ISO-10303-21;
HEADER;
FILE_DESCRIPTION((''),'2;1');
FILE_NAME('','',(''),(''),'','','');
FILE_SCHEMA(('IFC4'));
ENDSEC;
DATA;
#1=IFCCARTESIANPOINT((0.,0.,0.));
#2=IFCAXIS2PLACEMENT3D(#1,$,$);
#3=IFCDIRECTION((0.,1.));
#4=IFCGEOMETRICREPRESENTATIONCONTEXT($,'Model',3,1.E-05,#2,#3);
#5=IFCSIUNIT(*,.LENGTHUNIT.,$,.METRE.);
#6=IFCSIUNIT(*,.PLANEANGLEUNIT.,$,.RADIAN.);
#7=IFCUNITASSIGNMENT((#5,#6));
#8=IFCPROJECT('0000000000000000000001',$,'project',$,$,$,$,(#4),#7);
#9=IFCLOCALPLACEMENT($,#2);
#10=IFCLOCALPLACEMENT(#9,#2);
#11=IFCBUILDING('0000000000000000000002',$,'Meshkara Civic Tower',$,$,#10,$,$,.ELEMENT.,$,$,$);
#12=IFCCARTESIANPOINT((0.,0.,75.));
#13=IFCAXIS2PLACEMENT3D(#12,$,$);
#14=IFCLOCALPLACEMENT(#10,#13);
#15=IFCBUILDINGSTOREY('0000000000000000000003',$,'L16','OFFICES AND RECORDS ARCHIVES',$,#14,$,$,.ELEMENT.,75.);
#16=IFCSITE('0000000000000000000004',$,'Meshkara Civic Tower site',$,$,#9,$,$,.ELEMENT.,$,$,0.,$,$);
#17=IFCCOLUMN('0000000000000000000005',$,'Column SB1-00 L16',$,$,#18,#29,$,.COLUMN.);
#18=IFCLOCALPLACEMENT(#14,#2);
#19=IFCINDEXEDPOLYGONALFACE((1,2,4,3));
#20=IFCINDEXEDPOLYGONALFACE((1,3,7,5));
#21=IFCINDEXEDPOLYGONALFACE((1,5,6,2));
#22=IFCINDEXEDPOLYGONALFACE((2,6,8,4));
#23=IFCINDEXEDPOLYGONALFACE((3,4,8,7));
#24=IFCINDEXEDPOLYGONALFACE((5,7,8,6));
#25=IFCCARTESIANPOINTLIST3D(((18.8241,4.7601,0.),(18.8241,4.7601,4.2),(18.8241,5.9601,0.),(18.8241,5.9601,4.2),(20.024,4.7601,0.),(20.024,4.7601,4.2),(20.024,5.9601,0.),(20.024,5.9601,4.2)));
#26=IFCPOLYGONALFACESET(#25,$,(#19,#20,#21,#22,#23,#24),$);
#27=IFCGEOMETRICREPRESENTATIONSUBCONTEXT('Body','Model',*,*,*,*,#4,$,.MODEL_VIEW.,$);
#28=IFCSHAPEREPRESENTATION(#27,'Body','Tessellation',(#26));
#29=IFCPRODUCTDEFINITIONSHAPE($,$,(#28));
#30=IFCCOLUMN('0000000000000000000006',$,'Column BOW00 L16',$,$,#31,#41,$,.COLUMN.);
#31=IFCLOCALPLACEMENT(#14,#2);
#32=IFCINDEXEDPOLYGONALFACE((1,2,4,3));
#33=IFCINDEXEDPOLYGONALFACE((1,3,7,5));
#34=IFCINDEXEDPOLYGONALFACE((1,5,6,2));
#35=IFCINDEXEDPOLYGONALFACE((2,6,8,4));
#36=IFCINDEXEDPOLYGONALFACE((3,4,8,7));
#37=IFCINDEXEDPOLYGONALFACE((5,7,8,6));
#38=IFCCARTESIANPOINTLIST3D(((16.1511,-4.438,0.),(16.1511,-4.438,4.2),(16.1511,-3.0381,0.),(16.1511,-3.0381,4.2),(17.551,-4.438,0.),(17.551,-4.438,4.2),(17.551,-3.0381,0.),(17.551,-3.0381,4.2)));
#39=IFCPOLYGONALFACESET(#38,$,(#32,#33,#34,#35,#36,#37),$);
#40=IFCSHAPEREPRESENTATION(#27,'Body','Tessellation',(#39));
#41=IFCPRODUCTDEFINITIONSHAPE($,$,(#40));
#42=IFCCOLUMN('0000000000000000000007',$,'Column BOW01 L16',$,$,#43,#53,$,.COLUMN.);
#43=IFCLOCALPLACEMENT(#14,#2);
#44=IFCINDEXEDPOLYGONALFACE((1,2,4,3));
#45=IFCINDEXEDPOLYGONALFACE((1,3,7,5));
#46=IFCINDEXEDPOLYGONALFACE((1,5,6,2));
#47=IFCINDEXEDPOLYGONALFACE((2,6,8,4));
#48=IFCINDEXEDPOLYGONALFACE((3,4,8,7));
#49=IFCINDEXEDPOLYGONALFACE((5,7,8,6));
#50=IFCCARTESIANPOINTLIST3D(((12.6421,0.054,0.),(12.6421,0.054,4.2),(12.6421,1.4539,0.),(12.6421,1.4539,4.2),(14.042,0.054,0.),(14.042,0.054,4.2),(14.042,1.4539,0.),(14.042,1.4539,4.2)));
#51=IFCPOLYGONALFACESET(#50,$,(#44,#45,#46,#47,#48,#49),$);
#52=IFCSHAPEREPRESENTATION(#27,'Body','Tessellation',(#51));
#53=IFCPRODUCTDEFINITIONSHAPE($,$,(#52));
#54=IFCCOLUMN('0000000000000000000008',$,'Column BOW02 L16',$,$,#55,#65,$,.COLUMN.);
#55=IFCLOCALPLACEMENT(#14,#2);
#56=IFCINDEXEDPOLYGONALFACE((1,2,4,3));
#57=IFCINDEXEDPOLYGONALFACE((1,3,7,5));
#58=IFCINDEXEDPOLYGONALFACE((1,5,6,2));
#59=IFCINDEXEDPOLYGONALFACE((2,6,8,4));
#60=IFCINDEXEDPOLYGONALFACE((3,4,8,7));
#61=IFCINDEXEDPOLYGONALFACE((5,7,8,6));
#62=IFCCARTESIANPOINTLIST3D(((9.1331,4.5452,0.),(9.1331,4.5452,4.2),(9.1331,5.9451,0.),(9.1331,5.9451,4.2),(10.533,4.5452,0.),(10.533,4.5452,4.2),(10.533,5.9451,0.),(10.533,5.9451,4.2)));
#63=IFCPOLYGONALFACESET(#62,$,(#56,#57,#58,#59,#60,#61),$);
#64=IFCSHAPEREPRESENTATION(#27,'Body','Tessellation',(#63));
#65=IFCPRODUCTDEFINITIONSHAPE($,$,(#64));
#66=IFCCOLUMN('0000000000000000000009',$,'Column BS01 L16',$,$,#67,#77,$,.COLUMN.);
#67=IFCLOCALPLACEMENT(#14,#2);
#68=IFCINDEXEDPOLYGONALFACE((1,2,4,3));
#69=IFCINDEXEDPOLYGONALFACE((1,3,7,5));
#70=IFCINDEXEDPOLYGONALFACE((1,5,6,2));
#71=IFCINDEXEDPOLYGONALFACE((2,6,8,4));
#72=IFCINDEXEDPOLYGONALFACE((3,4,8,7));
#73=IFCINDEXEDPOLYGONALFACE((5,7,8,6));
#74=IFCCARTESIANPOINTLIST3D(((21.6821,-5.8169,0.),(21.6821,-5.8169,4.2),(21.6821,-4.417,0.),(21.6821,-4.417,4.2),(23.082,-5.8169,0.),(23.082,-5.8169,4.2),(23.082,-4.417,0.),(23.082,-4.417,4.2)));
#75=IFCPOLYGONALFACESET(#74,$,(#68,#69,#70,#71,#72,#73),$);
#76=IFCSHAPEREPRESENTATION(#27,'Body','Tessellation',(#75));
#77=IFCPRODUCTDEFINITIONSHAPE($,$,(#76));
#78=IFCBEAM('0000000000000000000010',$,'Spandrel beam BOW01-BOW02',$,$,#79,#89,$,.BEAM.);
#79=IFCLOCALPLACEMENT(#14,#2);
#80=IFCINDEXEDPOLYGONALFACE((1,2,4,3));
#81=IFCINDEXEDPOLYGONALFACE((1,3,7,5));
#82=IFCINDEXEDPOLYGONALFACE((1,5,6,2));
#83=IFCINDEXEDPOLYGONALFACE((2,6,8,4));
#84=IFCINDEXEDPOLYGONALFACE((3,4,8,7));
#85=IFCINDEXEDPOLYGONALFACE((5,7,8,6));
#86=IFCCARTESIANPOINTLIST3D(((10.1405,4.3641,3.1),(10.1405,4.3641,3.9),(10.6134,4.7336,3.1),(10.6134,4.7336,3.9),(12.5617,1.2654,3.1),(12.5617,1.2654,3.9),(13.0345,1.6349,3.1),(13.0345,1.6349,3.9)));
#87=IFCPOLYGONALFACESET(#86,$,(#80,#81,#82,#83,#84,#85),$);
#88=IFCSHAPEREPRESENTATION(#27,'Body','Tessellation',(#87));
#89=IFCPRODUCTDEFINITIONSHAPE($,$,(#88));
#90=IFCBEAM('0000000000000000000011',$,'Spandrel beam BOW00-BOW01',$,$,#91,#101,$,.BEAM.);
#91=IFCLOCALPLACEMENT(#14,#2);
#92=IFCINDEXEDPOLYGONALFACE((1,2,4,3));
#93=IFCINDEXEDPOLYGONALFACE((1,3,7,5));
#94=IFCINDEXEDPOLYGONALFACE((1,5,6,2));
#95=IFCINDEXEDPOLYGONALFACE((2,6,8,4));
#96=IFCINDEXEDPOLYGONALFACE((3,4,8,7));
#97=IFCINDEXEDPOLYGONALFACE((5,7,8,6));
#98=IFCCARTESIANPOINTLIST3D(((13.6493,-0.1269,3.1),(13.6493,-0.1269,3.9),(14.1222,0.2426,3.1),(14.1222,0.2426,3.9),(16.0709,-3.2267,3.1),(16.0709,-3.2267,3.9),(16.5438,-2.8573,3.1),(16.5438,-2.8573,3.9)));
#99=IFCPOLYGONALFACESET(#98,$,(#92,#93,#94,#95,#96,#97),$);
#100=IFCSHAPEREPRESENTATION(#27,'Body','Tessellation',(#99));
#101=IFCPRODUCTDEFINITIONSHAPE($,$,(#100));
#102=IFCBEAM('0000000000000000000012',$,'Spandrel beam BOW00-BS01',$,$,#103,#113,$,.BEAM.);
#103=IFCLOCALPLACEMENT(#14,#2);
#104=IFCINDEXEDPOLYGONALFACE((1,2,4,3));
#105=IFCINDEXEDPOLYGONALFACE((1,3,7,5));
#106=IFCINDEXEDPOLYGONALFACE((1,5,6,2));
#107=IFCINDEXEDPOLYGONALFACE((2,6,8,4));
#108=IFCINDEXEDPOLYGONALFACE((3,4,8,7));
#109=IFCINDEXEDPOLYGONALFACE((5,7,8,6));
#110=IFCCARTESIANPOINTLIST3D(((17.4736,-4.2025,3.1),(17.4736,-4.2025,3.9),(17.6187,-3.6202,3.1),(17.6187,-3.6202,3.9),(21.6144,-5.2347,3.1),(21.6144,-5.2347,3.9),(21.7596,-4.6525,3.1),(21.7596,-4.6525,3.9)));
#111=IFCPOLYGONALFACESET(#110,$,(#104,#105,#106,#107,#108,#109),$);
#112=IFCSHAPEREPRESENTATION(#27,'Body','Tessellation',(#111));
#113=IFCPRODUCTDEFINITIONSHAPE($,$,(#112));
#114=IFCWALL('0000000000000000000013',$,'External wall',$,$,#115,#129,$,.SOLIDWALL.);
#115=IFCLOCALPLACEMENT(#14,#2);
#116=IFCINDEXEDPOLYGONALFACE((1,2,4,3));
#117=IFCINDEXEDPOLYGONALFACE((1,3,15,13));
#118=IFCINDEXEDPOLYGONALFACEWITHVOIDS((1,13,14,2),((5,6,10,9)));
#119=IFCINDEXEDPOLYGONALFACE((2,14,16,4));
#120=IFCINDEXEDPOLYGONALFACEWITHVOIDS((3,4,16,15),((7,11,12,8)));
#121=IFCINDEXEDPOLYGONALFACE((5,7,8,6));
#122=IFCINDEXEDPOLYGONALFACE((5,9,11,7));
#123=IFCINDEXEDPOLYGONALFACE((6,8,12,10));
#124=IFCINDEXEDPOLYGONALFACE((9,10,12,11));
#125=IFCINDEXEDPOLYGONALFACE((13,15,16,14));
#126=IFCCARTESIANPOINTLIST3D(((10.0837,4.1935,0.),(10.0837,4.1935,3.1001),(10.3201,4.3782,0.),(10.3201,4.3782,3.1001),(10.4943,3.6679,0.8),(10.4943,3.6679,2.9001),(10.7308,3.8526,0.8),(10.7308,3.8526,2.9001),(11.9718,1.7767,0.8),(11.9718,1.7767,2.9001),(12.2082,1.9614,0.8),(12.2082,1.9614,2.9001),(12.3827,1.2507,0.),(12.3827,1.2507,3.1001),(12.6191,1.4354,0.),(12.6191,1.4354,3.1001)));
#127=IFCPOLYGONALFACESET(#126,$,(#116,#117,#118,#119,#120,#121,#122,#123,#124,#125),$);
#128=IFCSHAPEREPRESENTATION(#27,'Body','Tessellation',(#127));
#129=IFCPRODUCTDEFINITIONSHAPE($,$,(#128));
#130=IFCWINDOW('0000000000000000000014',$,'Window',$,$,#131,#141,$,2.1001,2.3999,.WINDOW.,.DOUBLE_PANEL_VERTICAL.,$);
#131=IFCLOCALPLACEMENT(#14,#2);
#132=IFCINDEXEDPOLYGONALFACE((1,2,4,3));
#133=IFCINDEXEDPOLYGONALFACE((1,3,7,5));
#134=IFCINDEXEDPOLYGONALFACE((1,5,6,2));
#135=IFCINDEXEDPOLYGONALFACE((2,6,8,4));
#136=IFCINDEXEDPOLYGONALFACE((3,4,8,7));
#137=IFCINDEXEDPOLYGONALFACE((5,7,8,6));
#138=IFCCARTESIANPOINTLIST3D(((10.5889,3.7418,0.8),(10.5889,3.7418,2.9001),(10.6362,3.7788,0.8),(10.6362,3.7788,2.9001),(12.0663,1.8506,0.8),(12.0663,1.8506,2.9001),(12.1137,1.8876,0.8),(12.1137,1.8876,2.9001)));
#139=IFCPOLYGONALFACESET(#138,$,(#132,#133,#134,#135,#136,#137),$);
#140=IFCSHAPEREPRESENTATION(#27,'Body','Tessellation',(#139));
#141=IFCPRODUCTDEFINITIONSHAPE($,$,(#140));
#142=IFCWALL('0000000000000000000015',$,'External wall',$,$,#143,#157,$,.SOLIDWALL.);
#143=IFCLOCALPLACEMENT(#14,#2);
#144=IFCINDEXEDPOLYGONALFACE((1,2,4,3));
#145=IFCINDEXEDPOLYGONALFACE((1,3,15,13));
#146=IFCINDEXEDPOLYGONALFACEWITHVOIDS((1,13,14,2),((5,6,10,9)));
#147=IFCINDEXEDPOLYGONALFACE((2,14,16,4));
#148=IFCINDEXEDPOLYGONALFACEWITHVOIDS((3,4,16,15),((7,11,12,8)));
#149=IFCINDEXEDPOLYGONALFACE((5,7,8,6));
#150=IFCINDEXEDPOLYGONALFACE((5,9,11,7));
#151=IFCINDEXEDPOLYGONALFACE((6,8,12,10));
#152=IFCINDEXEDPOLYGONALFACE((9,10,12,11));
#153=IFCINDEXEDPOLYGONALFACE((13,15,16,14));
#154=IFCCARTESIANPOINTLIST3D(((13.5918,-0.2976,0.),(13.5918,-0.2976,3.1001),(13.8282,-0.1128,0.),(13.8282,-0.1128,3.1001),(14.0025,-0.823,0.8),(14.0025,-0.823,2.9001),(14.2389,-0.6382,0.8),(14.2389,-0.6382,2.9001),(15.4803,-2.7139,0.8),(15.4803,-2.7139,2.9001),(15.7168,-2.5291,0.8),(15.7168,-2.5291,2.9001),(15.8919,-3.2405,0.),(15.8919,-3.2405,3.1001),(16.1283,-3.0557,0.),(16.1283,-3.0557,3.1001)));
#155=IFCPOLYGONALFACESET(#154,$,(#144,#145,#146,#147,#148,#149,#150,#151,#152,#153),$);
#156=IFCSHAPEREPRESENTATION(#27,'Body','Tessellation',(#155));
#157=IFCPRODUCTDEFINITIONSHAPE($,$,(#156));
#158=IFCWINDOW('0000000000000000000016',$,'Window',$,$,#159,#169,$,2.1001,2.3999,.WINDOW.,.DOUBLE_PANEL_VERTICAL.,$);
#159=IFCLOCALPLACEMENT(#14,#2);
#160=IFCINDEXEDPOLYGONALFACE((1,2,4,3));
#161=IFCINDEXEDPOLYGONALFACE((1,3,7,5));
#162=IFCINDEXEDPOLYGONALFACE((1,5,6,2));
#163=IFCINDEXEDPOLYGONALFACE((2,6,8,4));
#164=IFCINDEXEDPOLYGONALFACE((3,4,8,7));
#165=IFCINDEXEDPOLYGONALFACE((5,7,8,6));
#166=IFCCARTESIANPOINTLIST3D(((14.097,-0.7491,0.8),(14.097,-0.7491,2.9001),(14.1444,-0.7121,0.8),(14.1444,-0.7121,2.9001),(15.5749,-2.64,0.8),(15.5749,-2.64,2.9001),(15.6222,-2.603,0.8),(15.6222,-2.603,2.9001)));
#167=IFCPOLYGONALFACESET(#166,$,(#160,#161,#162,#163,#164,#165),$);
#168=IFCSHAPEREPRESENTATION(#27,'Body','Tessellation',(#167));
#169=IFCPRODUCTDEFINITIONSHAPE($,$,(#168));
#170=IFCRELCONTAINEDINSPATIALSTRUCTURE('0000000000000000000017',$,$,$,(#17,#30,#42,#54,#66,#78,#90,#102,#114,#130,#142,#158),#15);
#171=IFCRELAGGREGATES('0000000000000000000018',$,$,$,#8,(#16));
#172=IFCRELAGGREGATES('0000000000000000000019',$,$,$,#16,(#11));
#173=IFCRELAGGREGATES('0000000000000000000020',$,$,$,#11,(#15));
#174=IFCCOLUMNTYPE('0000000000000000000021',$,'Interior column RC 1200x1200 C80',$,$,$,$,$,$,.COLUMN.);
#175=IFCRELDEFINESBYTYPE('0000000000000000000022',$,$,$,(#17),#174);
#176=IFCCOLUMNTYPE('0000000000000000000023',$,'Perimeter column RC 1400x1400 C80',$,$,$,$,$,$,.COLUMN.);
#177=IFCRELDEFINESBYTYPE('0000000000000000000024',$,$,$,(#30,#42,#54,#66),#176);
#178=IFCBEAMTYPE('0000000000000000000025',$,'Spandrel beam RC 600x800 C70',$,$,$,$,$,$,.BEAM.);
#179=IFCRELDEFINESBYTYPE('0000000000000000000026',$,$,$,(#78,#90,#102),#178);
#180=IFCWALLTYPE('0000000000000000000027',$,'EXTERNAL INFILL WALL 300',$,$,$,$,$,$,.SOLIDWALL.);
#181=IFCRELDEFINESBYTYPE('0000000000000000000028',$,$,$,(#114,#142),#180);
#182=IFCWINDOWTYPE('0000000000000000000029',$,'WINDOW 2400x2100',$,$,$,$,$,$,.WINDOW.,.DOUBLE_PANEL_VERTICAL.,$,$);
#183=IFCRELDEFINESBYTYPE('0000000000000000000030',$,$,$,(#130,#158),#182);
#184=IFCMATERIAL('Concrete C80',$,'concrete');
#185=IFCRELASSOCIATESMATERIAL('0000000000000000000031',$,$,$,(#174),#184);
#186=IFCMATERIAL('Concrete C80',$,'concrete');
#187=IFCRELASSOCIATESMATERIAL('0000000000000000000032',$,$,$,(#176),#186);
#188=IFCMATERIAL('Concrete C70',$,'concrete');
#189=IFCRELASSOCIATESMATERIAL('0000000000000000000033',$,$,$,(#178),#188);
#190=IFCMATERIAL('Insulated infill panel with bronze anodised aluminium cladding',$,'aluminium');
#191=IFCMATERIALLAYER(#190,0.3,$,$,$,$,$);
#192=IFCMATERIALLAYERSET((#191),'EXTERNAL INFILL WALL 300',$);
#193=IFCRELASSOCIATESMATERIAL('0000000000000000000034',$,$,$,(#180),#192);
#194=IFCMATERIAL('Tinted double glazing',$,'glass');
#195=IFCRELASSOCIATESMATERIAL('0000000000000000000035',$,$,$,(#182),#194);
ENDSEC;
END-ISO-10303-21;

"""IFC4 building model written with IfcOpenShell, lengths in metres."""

from ifc_helpers import new_model, si_unit, direction, frame, frame_2d, origin, origin_2d, place, context, subcontext, project, spatial, rectangle, extrude, material, layer, layer_set, material_profile, profile_set, type_object, element, fill, save


model = new_model("IFC4")

# Units and contexts
model_context = context("Model", 3, precision=1e-05, world=origin(), true_north=direction((0.0, 1.0)))
body_context = subcontext(model_context, "Body", "Model", "MODEL_VIEW")
ifc_project = project(units=[si_unit("LENGTHUNIT", "METRE"), si_unit("PLANEANGLEUNIT", "RADIAN")], contexts=[model_context])

# Site, building, storey
site_placement = place(None, origin())
site = spatial("IfcSite", under=ifc_project, at=site_placement, Name="Meshkara Civic Tower site", CompositionType="ELEMENT", RefElevation=0.0)
building_placement = place(site_placement, origin())
building = spatial("IfcBuilding", under=site, at=building_placement, Name="Meshkara Civic Tower", CompositionType="ELEMENT")
storey_placement = place(building_placement, frame((0.0, 0.0, 75.0)))
storey = spatial("IfcBuildingStorey", under=building, at=storey_placement, Name="L16", Description="OFFICES AND RECORDS ARCHIVES", CompositionType="ELEMENT", Elevation=75.0)

# Columns
ifc_material_1 = material(Name="Concrete C80", Category="concrete")
ifc_material_profile_1 = material_profile(ifc_material_1, rectangle(XDim=1.2, YDim=1.2, at=origin_2d()))
ifc_profile_set_1 = profile_set([ifc_material_profile_1], Name="Concrete C80")
column_type_1 = type_object("IfcColumnType", Name="Interior column RC 1200x1200 C80", PredefinedType="COLUMN", material=ifc_profile_set_1)
column_placement = place(storey_placement, frame((19.4241, 5.3601, 0.0), z_axis=(0.0, 0.0, 1.0), x_axis=(1.0, 0.0, 0.0)))
element("IfcColumn", 1, at=column_placement, inside=storey, type_object=column_type_1, Name="Column SB1-00 L16", PredefinedType="COLUMN", context=body_context, shape_type="SweptSolid", body=[
    extrude(rectangle(XDim=1.2, YDim=1.2, at=origin_2d()), origin(), (0.0, 0.0, 1.0), 4.2),
])
ifc_material_2 = material(Name="Concrete C80", Category="concrete")
ifc_material_profile_2 = material_profile(ifc_material_2, rectangle(XDim=1.3999, YDim=1.3999, at=origin_2d()))
ifc_profile_set_2 = profile_set([ifc_material_profile_2], Name="Concrete C80")
column_type_2 = type_object("IfcColumnType", Name="Perimeter column RC 1400x1400 C80", PredefinedType="COLUMN", material=ifc_profile_set_2)
for number, where, z_axis, x_axis, name in (
    (2, (16.8511, -3.738, 0.0), (0.0, 0.0, 1.0), (1.0, 0.0, 0.0), "Column BOW00 L16"),
    (3, (13.342, 0.7539, 0.0), (0.0, 0.0, 1.0), (1.0, 0.0, 0.0), "Column BOW01 L16"),
    (4, (9.833, 5.2451, 0.0), (0.0, 0.0, 1.0), (1.0, 0.0, 0.0), "Column BOW02 L16"),
    (5, (22.3821, -5.1169, 0.0), (0.0, 0.0, 1.0), (1.0, 0.0, 0.0), "Column BS01 L16"),
):
    element("IfcColumn", number, at=place(storey_placement, frame(where, z_axis=z_axis, x_axis=x_axis)), inside=storey, type_object=column_type_2, Name=name, PredefinedType="COLUMN", context=body_context, shape_type="SweptSolid", body=[
        extrude(rectangle(XDim=1.3999, YDim=1.3999, at=origin_2d()), origin(), (0.0, 0.0, 1.0), 4.2),
    ])

# Beams
ifc_material_3 = material(Name="Concrete C70", Category="concrete")
ifc_material_profile_3 = material_profile(ifc_material_3, rectangle(XDim=0.6001, YDim=0.8, at=origin_2d()))
ifc_profile_set_3 = profile_set([ifc_material_profile_3], Name="Concrete C70")
beam_type = type_object("IfcBeamType", Name="Spandrel beam RC 600x800 C70", PredefinedType="BEAM", material=ifc_profile_set_3)
beam_1_placement = place(storey_placement, frame((10.377, 4.5488, 3.5), z_axis=(0.615697, -0.787983, 0.0), x_axis=(0.787983, 0.615697, 0.0)))
element("IfcBeam", 6, at=beam_1_placement, inside=storey, type_object=beam_type, Name="Spandrel beam BOW01-BOW02", PredefinedType="BEAM", context=body_context, shape_type="SweptSolid", body=[
    extrude(rectangle(XDim=0.6001, YDim=0.8, at=origin_2d()), origin(), (0.0, 0.0, 1.0), 3.9324),
])
beam_2_placement = place(storey_placement, frame((13.8857, 0.0579, 3.5), z_axis=(0.615624, -0.78804, 0.0), x_axis=(0.78804, 0.615624, 0.0)))
element("IfcBeam", 7, at=beam_2_placement, inside=storey, type_object=beam_type, Name="Spandrel beam BOW00-BOW01", PredefinedType="BEAM", context=body_context, shape_type="SweptSolid", body=[
    extrude(rectangle(XDim=0.6001, YDim=0.8, at=origin_2d()), origin(), (0.0, 0.0, 1.0), 3.9336),
])
beam_3_placement = place(storey_placement, frame((17.5461, -3.9114, 3.5), z_axis=(0.970307, -0.241876, 0.0), x_axis=(0.241876, 0.970307, 0.0)))
element("IfcBeam", 8, at=beam_3_placement, inside=storey, type_object=beam_type, Name="Spandrel beam BOW00-BS01", PredefinedType="BEAM", context=body_context, shape_type="SweptSolid", body=[
    extrude(rectangle(XDim=0.6001, YDim=0.8, at=origin_2d()), origin(), (0.0, 0.0, 1.0), 4.2676),
])

# Walls, openings, windows
ifc_material_4 = material(Name="Insulated infill panel with bronze anodised aluminium cladding", Category="aluminium")
ifc_layer = layer(ifc_material_4, 0.3)
ifc_layer_set = layer_set([ifc_layer], Name="EXTERNAL INFILL WALL 300")
wall_type = type_object("IfcWallType", Name="EXTERNAL INFILL WALL 300", PredefinedType="SOLIDWALL", material=ifc_layer_set)
wall_1_placement = place(storey_placement, frame((10.2019, 4.2859, 0.0), z_axis=(0.0, 0.0, 1.0), x_axis=(0.615636, -0.78803, 0.0)))
wall_1 = element("IfcWall", 9, at=wall_1_placement, inside=storey, type_object=wall_type, Name="External wall", PredefinedType="SOLIDWALL", context=body_context, shape_type="SweptSolid", body=[
    extrude(rectangle(XDim=3.7344, YDim=0.3, at=frame_2d((1.8672, 0.0))), origin(), (0.0, 0.0, 1.0), 3.1001),
])
opening_1_placement = place(wall_1_placement, frame((0.667, 0.0, 0.8)))
opening_1 = element("IfcOpeningElement", 10, at=opening_1_placement, cuts=wall_1, PredefinedType="OPENING", context=body_context, shape_type="SweptSolid", body=[
    extrude(rectangle(XDim=2.3999, YDim=2.1001, at=frame_2d((1.2, 1.05))), frame((0.0, 0.1599, 0.0), z_axis=(0.0, -1.0, 0.0), x_axis=(1.0, 0.0, 0.0)), (0.0, 0.0, 1.0), 0.3201),
])
ifc_material_5 = material(Name="Tinted double glazing", Category="glass")
window_type = type_object("IfcWindowType", Name="WINDOW 2400x2100", PartitioningType="DOUBLE_PANEL_VERTICAL", PredefinedType="WINDOW", material=ifc_material_5)
window_1_placement = place(opening_1_placement, origin())
window_1 = element("IfcWindow", 11, at=window_1_placement, inside=storey, type_object=window_type, Name="Window", OverallHeight=2.1001, OverallWidth=2.3999, PartitioningType="DOUBLE_PANEL_VERTICAL", PredefinedType="WINDOW", context=body_context, shape_type="SweptSolid", body=[
    extrude(rectangle(XDim=2.3999, YDim=2.1001, at=frame_2d((1.2, 1.05))), frame((0.0, 0.03, 0.0), z_axis=(0.0, -1.0, 0.0), x_axis=(1.0, 0.0, 0.0)), (0.0, 0.0, 1.0), 0.0601),
])
fill(opening_1, window_1)
wall_2_placement = place(storey_placement, frame((13.71, -0.2051, 0.0), z_axis=(0.0, 0.0, 1.0), x_axis=(0.615799, -0.787903, 0.0)))
wall_2 = element("IfcWall", 12, at=wall_2_placement, inside=storey, type_object=wall_type, Name="External wall", PredefinedType="SOLIDWALL", context=body_context, shape_type="SweptSolid", body=[
    extrude(rectangle(XDim=3.7351, YDim=0.3, at=frame_2d((1.8677, 0.0))), origin(), (0.0, 0.0, 1.0), 3.1001),
])
opening_2_placement = place(wall_2_placement, frame((0.667, 0.0, 0.8)))
opening_2 = element("IfcOpeningElement", 13, at=opening_2_placement, cuts=wall_2, PredefinedType="OPENING", context=body_context, shape_type="SweptSolid", body=[
    extrude(rectangle(XDim=2.3999, YDim=2.1001, at=frame_2d((1.2, 1.05))), frame((0.0, 0.1599, 0.0), z_axis=(0.0, -1.0, 0.0), x_axis=(1.0, 0.0, 0.0)), (0.0, 0.0, 1.0), 0.3201),
])
window_2_placement = place(opening_2_placement, origin())
window_2 = element("IfcWindow", 14, at=window_2_placement, inside=storey, type_object=window_type, Name="Window", OverallHeight=2.1001, OverallWidth=2.3999, PartitioningType="DOUBLE_PANEL_VERTICAL", PredefinedType="WINDOW", context=body_context, shape_type="SweptSolid", body=[
    extrude(rectangle(XDim=2.3999, YDim=2.1001, at=frame_2d((1.2, 1.05))), frame((0.0, 0.03, 0.0), z_axis=(0.0, -1.0, 0.0), x_axis=(1.0, 0.0, 0.0)), (0.0, 0.0, 1.0), 0.0601),
])
fill(opening_2, window_2)

save(model, "model.ifc")
